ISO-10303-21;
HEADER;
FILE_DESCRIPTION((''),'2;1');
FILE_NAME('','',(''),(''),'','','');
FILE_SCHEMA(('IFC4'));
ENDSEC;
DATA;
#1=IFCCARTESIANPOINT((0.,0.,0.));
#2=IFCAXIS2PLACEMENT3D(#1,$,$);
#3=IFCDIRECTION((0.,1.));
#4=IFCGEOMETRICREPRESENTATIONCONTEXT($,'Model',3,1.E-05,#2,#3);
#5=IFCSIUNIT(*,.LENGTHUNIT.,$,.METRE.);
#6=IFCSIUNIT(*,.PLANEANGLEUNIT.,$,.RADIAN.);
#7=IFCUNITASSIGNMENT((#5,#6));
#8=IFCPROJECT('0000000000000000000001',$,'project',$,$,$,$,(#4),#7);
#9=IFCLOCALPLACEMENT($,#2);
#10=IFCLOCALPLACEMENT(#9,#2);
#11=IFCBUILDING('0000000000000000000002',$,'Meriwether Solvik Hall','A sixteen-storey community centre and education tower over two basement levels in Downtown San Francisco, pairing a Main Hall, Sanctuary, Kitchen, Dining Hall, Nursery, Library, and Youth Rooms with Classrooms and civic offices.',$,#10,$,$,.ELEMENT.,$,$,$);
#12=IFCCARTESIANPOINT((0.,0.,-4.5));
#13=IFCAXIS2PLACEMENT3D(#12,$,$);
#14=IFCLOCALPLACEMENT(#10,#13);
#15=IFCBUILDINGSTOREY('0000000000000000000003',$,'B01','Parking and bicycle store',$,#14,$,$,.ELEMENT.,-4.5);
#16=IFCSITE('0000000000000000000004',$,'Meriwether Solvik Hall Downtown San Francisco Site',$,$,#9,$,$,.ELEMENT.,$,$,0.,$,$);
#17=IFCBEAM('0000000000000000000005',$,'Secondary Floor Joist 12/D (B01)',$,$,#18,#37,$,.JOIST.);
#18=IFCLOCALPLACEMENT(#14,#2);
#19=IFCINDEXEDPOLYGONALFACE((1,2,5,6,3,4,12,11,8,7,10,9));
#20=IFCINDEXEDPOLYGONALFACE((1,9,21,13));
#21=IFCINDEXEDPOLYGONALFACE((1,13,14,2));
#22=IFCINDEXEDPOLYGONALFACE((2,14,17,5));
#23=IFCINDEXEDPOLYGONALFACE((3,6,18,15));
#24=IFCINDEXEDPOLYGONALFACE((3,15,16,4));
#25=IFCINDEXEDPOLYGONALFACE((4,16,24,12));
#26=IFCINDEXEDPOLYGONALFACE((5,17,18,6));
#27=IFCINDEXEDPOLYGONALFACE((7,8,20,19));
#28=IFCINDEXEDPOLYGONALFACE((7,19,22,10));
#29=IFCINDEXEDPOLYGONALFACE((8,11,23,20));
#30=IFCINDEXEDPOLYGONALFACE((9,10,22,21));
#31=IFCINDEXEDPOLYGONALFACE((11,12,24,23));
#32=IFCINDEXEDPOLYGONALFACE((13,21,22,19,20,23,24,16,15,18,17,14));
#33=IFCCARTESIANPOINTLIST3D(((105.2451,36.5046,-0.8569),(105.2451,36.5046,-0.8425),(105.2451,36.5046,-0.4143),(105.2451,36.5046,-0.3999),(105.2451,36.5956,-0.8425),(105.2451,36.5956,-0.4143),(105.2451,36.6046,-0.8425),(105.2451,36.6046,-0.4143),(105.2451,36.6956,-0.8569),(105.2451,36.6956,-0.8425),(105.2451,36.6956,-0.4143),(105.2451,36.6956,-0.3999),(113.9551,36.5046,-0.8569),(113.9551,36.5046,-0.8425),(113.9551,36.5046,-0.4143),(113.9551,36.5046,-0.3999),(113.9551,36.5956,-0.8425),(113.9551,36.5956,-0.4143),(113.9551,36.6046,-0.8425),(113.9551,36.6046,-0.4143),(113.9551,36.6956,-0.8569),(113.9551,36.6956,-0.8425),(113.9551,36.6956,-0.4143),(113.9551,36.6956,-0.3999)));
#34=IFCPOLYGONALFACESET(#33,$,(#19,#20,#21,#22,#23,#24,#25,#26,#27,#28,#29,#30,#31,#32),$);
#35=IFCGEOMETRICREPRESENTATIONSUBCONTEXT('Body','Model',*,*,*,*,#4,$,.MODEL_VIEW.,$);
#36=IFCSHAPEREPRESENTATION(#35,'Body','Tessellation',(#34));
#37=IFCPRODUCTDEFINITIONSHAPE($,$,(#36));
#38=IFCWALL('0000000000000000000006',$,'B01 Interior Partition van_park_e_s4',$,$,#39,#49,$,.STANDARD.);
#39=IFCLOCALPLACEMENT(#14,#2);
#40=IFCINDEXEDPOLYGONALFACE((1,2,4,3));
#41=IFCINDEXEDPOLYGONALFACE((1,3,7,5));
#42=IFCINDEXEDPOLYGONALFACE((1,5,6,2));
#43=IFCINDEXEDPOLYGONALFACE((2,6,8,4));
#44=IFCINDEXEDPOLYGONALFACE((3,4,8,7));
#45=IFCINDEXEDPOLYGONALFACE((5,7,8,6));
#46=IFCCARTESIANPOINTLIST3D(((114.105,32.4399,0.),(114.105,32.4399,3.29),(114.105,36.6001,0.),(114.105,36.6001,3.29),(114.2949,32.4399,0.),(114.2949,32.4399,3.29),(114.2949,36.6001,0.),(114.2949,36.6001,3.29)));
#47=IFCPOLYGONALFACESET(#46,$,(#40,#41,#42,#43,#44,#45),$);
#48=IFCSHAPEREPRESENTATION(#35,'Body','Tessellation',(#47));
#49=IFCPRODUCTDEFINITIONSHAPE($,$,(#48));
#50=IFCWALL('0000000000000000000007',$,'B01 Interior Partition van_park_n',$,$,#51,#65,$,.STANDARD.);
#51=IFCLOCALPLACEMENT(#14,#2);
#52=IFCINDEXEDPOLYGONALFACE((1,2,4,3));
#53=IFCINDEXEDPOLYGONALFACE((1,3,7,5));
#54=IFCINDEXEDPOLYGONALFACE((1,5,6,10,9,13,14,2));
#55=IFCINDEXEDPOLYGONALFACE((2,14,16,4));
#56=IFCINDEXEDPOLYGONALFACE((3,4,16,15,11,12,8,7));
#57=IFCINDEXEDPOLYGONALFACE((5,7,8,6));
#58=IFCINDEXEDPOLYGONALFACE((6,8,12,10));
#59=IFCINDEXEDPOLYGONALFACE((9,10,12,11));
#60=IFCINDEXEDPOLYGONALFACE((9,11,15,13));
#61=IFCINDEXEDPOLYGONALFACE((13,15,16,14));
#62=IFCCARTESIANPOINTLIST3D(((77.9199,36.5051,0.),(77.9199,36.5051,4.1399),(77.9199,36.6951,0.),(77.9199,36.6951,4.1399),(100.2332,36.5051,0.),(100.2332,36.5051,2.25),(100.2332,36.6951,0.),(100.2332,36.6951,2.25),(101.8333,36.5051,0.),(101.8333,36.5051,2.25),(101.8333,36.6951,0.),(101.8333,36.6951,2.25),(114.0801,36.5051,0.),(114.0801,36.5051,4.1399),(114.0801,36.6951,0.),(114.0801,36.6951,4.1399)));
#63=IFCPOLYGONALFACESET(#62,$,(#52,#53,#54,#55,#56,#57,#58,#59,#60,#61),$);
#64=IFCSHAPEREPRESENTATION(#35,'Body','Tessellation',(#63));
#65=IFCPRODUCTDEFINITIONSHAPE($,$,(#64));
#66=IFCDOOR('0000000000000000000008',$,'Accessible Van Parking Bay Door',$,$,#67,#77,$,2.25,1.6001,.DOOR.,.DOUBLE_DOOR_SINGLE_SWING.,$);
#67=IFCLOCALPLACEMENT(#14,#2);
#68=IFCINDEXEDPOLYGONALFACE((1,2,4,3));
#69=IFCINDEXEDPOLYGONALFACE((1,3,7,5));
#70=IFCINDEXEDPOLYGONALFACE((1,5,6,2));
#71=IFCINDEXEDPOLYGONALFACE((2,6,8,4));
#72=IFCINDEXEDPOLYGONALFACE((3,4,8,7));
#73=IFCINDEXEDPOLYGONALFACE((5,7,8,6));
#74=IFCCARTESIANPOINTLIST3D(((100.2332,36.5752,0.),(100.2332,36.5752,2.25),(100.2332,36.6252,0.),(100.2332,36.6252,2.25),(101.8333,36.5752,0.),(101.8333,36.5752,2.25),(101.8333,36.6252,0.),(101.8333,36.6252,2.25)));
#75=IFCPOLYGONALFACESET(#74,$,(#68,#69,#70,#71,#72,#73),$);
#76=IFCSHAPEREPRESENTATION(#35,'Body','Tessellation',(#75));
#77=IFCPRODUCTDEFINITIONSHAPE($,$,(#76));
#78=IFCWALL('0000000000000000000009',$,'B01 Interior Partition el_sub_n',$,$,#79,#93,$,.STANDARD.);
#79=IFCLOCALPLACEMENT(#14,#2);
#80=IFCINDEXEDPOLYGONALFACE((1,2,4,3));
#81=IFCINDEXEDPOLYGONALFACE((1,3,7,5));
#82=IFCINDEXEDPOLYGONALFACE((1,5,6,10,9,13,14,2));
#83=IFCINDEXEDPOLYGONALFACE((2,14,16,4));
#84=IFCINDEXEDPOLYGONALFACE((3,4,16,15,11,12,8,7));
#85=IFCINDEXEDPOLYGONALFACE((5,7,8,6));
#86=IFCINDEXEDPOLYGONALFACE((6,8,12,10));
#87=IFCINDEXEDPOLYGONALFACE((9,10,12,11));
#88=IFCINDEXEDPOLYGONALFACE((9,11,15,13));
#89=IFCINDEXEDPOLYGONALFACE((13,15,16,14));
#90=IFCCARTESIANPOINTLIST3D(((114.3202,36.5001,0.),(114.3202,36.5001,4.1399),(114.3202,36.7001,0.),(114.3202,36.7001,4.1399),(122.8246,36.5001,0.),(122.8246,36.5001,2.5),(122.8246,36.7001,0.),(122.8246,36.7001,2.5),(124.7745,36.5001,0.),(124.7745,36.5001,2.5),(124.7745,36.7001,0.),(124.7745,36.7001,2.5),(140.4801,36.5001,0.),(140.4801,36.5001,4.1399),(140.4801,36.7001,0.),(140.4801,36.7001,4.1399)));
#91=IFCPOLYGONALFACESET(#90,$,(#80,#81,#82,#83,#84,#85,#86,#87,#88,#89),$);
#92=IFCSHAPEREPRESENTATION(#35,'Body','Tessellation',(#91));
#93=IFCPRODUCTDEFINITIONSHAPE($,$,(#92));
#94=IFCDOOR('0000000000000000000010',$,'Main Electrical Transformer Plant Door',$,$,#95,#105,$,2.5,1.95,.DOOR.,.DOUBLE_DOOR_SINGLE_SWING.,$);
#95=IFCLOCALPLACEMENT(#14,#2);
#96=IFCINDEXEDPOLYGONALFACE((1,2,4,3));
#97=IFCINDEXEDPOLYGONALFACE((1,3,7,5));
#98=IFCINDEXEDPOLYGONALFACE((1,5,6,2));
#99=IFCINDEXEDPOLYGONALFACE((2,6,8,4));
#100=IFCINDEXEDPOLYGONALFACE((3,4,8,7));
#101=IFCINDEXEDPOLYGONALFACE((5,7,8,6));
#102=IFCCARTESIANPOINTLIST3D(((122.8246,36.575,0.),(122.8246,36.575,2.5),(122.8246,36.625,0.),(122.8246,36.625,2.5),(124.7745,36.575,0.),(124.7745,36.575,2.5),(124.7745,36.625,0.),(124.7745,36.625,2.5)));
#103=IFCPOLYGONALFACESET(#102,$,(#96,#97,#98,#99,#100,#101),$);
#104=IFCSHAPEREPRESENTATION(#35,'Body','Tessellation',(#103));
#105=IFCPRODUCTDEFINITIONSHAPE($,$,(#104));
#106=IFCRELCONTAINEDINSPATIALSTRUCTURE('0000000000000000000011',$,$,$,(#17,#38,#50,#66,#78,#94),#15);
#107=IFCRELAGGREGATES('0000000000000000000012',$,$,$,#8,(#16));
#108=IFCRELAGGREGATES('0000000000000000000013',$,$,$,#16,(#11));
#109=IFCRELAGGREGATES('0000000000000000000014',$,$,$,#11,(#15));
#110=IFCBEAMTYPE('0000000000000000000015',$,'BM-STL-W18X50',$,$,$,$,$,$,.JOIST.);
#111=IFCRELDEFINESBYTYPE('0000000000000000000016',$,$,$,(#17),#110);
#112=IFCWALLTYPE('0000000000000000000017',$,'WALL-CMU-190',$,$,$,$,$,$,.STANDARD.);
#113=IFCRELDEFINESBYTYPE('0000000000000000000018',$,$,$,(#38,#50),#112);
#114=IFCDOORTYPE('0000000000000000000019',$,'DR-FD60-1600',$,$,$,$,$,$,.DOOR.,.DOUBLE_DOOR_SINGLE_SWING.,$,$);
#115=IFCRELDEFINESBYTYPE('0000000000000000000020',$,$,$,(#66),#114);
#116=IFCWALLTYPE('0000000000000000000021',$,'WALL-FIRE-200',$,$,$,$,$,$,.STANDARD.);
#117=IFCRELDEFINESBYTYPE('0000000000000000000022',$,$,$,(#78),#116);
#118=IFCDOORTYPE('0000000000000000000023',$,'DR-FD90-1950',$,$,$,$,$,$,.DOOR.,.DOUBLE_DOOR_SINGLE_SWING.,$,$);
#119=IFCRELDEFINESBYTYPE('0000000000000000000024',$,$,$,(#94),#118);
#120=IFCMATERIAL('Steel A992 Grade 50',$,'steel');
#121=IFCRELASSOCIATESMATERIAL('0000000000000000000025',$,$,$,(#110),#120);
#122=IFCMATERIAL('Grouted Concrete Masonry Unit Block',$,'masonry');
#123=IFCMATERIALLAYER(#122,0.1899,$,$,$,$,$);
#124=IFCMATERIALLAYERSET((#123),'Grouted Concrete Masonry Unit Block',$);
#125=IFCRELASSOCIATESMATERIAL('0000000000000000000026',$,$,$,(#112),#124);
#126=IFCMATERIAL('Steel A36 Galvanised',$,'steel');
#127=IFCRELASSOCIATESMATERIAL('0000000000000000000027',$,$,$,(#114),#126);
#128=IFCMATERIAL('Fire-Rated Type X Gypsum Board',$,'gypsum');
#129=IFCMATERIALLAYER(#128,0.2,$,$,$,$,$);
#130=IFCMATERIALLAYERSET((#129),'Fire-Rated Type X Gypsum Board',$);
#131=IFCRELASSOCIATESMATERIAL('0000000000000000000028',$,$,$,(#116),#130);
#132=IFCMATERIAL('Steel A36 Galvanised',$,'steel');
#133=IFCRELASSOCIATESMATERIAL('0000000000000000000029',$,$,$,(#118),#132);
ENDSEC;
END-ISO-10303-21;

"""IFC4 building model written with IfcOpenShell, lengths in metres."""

from ifc_helpers import new_model, si_unit, direction, frame, frame_2d, origin, origin_2d, place, context, subcontext, project, spatial, rectangle, i_section, extrude, material, layer, layer_set, material_profile, profile_set, type_object, element, fill, save


model = new_model("IFC4")

# Units and contexts
model_context = context("Model", 3, precision=1e-05, world=origin(), true_north=direction((0.0, 1.0)))
body_context = subcontext(model_context, "Body", "Model", "MODEL_VIEW")
ifc_project = project(units=[si_unit("LENGTHUNIT", "METRE"), si_unit("PLANEANGLEUNIT", "RADIAN")], contexts=[model_context])

# Site, building, storey
site_placement = place(None, origin())
site = spatial("IfcSite", under=ifc_project, at=site_placement, Name="Meriwether Solvik Hall Downtown San Francisco Site", CompositionType="ELEMENT", RefElevation=0.0)
building_placement = place(site_placement, origin())
building = spatial("IfcBuilding", under=site, at=building_placement, Name="Meriwether Solvik Hall", Description="A sixteen-storey community centre and education tower over two basement levels in Downtown San Francisco, pairing a Main Hall, Sanctuary, Kitchen, Dining Hall, Nursery, Library, and Youth Rooms with Classrooms and civic offices.", CompositionType="ELEMENT")
storey_placement = place(building_placement, frame((0.0, 0.0, -4.5)))
storey = spatial("IfcBuildingStorey", under=building, at=storey_placement, Name="B01", Description="Parking and bicycle store", CompositionType="ELEMENT", Elevation=-4.5)

# Beam
ifc_material_1 = material(Name="Steel A992 Grade 50", Category="steel")
ifc_material_profile_1 = material_profile(ifc_material_1, i_section(OverallWidth=0.1909, OverallDepth=0.457, WebThickness=0.009, FlangeThickness=0.0144, at=origin_2d()), Name="W18X50")
ifc_profile_set_1 = profile_set([ifc_material_profile_1], Name="Steel A992 Grade 50")
beam_type_1 = type_object("IfcBeamType", Name="BM-STL-W18X50", PredefinedType="JOIST", material=ifc_profile_set_1)
beam_1_placement = place(storey_placement, frame((105.2451, 36.6001, -0.6284), z_axis=(1.0, 0.0, 0.0), x_axis=(0.0, 1.0, 0.0)))
element("IfcBeam", 1, at=beam_1_placement, inside=storey, type_object=beam_type_1, Name="Secondary Floor Joist 12/D (B01)", PredefinedType="JOIST", context=body_context, shape_type="SweptSolid", body=[
    extrude(i_section(OverallWidth=0.1909, OverallDepth=0.457, WebThickness=0.009, FlangeThickness=0.0144, at=origin_2d()), origin(), (0.0, 0.0, 1.0), 8.71),
])

# Wall
ifc_material_2 = material(Name="Grouted Concrete Masonry Unit Block", Category="masonry")
ifc_layer_1 = layer(ifc_material_2, 0.1899)
ifc_layer_set_1 = layer_set([ifc_layer_1], Name="Grouted Concrete Masonry Unit Block")
wall_type_1 = type_object("IfcWallType", Name="WALL-CMU-190", PredefinedType="STANDARD", material=ifc_layer_set_1)
wall_1_placement = place(storey_placement, frame((114.2, 32.4399, 0.0), z_axis=(0.0, 0.0, 1.0), x_axis=(0.0, 1.0, 0.0)))
element("IfcWall", 2, at=wall_1_placement, inside=storey, type_object=wall_type_1, Name="B01 Interior Partition van_park_e_s4", PredefinedType="STANDARD", context=body_context, shape_type="SweptSolid", body=[
    extrude(rectangle(XDim=4.1602, YDim=0.1899, at=frame_2d((2.0801, 0.0))), origin(), (0.0, 0.0, 1.0), 3.29),
])

# Walls, openings, doors
wall_2_placement = place(storey_placement, frame((114.0801, 36.6001, 0.0), z_axis=(0.0, 0.0, 1.0), x_axis=(-1.0, 0.0, 0.0)))
wall_2 = element("IfcWall", 3, at=wall_2_placement, inside=storey, type_object=wall_type_1, Name="B01 Interior Partition van_park_n", PredefinedType="STANDARD", context=body_context, shape_type="SweptSolid", body=[
    extrude(rectangle(XDim=36.1602, YDim=0.1899, at=frame_2d((18.0801, 0.0))), origin(), (0.0, 0.0, 1.0), 4.1399),
])
opening_1_placement = place(wall_2_placement, frame((12.2468, 0.0, 0.0)))
opening_1 = element("IfcOpeningElement", 4, at=opening_1_placement, cuts=wall_2, PredefinedType="OPENING", context=body_context, shape_type="SweptSolid", body=[
    extrude(rectangle(XDim=1.6001, YDim=2.25, at=frame_2d((0.8, 1.125))), frame((0.0, 0.1069, 0.0), z_axis=(0.0, -1.0, 0.0), x_axis=(1.0, 0.0, 0.0)), (0.0, 0.0, 1.0), 0.2139),
])
ifc_material_3 = material(Name="Steel A36 Galvanised", Category="steel")
door_type_1 = type_object("IfcDoorType", Name="DR-FD60-1600", OperationType="DOUBLE_DOOR_SINGLE_SWING", PredefinedType="DOOR", material=ifc_material_3)
door_1_placement = place(opening_1_placement, origin())
door_1 = element("IfcDoor", 5, at=door_1_placement, inside=storey, type_object=door_type_1, Name="Accessible Van Parking Bay Door", OperationType="DOUBLE_DOOR_SINGLE_SWING", OverallHeight=2.25, OverallWidth=1.6001, PredefinedType="DOOR", context=body_context, shape_type="SweptSolid", body=[
    extrude(rectangle(XDim=1.6001, YDim=2.25, at=frame_2d((0.8, 1.125))), frame((0.0, 0.0249, 0.0), z_axis=(0.0, -1.0, 0.0), x_axis=(1.0, 0.0, 0.0)), (0.0, 0.0, 1.0), 0.05),
])
fill(opening_1, door_1)
ifc_material_4 = material(Name="Fire-Rated Type X Gypsum Board", Category="gypsum")
ifc_layer_2 = layer(ifc_material_4, 0.2)
ifc_layer_set_2 = layer_set([ifc_layer_2], Name="Fire-Rated Type X Gypsum Board")
wall_type_2 = type_object("IfcWallType", Name="WALL-FIRE-200", PredefinedType="STANDARD", material=ifc_layer_set_2)
wall_3_placement = place(storey_placement, frame((114.3201, 36.6001, 0.0), z_axis=(0.0, 0.0, 1.0), x_axis=(1.0, 0.0, 0.0)))
wall_3 = element("IfcWall", 6, at=wall_3_placement, inside=storey, type_object=wall_type_2, Name="B01 Interior Partition el_sub_n", PredefinedType="STANDARD", context=body_context, shape_type="SweptSolid", body=[
    extrude(rectangle(XDim=26.1599, YDim=0.2, at=frame_2d((13.0801, 0.0))), origin(), (0.0, 0.0, 1.0), 4.1399),
])
opening_2_placement = place(wall_3_placement, frame((8.5044, 0.0, 0.0)))
opening_2 = element("IfcOpeningElement", 7, at=opening_2_placement, cuts=wall_3, PredefinedType="OPENING", context=body_context, shape_type="SweptSolid", body=[
    extrude(rectangle(XDim=1.95, YDim=2.5, at=frame_2d((0.9751, 1.25))), frame((0.0, 0.1118, 0.0), z_axis=(0.0, -1.0, 0.0), x_axis=(1.0, 0.0, 0.0)), (0.0, 0.0, 1.0), 0.2239),
])
ifc_material_5 = material(Name="Steel A36 Galvanised", Category="steel")
door_type_2 = type_object("IfcDoorType", Name="DR-FD90-1950", OperationType="DOUBLE_DOOR_SINGLE_SWING", PredefinedType="DOOR", material=ifc_material_5)
door_2_placement = place(opening_2_placement, origin())
door_2 = element("IfcDoor", 8, at=door_2_placement, inside=storey, type_object=door_type_2, Name="Main Electrical Transformer Plant Door", OperationType="DOUBLE_DOOR_SINGLE_SWING", OverallHeight=2.5, OverallWidth=1.95, PredefinedType="DOOR", context=body_context, shape_type="SweptSolid", body=[
    extrude(rectangle(XDim=1.95, YDim=2.5, at=frame_2d((0.9751, 1.25))), frame((0.0, 0.0249, 0.0), z_axis=(0.0, -1.0, 0.0), x_axis=(1.0, 0.0, 0.0)), (0.0, 0.0, 1.0), 0.05),
])
fill(opening_2, door_2)

save(model, "model.ifc")
